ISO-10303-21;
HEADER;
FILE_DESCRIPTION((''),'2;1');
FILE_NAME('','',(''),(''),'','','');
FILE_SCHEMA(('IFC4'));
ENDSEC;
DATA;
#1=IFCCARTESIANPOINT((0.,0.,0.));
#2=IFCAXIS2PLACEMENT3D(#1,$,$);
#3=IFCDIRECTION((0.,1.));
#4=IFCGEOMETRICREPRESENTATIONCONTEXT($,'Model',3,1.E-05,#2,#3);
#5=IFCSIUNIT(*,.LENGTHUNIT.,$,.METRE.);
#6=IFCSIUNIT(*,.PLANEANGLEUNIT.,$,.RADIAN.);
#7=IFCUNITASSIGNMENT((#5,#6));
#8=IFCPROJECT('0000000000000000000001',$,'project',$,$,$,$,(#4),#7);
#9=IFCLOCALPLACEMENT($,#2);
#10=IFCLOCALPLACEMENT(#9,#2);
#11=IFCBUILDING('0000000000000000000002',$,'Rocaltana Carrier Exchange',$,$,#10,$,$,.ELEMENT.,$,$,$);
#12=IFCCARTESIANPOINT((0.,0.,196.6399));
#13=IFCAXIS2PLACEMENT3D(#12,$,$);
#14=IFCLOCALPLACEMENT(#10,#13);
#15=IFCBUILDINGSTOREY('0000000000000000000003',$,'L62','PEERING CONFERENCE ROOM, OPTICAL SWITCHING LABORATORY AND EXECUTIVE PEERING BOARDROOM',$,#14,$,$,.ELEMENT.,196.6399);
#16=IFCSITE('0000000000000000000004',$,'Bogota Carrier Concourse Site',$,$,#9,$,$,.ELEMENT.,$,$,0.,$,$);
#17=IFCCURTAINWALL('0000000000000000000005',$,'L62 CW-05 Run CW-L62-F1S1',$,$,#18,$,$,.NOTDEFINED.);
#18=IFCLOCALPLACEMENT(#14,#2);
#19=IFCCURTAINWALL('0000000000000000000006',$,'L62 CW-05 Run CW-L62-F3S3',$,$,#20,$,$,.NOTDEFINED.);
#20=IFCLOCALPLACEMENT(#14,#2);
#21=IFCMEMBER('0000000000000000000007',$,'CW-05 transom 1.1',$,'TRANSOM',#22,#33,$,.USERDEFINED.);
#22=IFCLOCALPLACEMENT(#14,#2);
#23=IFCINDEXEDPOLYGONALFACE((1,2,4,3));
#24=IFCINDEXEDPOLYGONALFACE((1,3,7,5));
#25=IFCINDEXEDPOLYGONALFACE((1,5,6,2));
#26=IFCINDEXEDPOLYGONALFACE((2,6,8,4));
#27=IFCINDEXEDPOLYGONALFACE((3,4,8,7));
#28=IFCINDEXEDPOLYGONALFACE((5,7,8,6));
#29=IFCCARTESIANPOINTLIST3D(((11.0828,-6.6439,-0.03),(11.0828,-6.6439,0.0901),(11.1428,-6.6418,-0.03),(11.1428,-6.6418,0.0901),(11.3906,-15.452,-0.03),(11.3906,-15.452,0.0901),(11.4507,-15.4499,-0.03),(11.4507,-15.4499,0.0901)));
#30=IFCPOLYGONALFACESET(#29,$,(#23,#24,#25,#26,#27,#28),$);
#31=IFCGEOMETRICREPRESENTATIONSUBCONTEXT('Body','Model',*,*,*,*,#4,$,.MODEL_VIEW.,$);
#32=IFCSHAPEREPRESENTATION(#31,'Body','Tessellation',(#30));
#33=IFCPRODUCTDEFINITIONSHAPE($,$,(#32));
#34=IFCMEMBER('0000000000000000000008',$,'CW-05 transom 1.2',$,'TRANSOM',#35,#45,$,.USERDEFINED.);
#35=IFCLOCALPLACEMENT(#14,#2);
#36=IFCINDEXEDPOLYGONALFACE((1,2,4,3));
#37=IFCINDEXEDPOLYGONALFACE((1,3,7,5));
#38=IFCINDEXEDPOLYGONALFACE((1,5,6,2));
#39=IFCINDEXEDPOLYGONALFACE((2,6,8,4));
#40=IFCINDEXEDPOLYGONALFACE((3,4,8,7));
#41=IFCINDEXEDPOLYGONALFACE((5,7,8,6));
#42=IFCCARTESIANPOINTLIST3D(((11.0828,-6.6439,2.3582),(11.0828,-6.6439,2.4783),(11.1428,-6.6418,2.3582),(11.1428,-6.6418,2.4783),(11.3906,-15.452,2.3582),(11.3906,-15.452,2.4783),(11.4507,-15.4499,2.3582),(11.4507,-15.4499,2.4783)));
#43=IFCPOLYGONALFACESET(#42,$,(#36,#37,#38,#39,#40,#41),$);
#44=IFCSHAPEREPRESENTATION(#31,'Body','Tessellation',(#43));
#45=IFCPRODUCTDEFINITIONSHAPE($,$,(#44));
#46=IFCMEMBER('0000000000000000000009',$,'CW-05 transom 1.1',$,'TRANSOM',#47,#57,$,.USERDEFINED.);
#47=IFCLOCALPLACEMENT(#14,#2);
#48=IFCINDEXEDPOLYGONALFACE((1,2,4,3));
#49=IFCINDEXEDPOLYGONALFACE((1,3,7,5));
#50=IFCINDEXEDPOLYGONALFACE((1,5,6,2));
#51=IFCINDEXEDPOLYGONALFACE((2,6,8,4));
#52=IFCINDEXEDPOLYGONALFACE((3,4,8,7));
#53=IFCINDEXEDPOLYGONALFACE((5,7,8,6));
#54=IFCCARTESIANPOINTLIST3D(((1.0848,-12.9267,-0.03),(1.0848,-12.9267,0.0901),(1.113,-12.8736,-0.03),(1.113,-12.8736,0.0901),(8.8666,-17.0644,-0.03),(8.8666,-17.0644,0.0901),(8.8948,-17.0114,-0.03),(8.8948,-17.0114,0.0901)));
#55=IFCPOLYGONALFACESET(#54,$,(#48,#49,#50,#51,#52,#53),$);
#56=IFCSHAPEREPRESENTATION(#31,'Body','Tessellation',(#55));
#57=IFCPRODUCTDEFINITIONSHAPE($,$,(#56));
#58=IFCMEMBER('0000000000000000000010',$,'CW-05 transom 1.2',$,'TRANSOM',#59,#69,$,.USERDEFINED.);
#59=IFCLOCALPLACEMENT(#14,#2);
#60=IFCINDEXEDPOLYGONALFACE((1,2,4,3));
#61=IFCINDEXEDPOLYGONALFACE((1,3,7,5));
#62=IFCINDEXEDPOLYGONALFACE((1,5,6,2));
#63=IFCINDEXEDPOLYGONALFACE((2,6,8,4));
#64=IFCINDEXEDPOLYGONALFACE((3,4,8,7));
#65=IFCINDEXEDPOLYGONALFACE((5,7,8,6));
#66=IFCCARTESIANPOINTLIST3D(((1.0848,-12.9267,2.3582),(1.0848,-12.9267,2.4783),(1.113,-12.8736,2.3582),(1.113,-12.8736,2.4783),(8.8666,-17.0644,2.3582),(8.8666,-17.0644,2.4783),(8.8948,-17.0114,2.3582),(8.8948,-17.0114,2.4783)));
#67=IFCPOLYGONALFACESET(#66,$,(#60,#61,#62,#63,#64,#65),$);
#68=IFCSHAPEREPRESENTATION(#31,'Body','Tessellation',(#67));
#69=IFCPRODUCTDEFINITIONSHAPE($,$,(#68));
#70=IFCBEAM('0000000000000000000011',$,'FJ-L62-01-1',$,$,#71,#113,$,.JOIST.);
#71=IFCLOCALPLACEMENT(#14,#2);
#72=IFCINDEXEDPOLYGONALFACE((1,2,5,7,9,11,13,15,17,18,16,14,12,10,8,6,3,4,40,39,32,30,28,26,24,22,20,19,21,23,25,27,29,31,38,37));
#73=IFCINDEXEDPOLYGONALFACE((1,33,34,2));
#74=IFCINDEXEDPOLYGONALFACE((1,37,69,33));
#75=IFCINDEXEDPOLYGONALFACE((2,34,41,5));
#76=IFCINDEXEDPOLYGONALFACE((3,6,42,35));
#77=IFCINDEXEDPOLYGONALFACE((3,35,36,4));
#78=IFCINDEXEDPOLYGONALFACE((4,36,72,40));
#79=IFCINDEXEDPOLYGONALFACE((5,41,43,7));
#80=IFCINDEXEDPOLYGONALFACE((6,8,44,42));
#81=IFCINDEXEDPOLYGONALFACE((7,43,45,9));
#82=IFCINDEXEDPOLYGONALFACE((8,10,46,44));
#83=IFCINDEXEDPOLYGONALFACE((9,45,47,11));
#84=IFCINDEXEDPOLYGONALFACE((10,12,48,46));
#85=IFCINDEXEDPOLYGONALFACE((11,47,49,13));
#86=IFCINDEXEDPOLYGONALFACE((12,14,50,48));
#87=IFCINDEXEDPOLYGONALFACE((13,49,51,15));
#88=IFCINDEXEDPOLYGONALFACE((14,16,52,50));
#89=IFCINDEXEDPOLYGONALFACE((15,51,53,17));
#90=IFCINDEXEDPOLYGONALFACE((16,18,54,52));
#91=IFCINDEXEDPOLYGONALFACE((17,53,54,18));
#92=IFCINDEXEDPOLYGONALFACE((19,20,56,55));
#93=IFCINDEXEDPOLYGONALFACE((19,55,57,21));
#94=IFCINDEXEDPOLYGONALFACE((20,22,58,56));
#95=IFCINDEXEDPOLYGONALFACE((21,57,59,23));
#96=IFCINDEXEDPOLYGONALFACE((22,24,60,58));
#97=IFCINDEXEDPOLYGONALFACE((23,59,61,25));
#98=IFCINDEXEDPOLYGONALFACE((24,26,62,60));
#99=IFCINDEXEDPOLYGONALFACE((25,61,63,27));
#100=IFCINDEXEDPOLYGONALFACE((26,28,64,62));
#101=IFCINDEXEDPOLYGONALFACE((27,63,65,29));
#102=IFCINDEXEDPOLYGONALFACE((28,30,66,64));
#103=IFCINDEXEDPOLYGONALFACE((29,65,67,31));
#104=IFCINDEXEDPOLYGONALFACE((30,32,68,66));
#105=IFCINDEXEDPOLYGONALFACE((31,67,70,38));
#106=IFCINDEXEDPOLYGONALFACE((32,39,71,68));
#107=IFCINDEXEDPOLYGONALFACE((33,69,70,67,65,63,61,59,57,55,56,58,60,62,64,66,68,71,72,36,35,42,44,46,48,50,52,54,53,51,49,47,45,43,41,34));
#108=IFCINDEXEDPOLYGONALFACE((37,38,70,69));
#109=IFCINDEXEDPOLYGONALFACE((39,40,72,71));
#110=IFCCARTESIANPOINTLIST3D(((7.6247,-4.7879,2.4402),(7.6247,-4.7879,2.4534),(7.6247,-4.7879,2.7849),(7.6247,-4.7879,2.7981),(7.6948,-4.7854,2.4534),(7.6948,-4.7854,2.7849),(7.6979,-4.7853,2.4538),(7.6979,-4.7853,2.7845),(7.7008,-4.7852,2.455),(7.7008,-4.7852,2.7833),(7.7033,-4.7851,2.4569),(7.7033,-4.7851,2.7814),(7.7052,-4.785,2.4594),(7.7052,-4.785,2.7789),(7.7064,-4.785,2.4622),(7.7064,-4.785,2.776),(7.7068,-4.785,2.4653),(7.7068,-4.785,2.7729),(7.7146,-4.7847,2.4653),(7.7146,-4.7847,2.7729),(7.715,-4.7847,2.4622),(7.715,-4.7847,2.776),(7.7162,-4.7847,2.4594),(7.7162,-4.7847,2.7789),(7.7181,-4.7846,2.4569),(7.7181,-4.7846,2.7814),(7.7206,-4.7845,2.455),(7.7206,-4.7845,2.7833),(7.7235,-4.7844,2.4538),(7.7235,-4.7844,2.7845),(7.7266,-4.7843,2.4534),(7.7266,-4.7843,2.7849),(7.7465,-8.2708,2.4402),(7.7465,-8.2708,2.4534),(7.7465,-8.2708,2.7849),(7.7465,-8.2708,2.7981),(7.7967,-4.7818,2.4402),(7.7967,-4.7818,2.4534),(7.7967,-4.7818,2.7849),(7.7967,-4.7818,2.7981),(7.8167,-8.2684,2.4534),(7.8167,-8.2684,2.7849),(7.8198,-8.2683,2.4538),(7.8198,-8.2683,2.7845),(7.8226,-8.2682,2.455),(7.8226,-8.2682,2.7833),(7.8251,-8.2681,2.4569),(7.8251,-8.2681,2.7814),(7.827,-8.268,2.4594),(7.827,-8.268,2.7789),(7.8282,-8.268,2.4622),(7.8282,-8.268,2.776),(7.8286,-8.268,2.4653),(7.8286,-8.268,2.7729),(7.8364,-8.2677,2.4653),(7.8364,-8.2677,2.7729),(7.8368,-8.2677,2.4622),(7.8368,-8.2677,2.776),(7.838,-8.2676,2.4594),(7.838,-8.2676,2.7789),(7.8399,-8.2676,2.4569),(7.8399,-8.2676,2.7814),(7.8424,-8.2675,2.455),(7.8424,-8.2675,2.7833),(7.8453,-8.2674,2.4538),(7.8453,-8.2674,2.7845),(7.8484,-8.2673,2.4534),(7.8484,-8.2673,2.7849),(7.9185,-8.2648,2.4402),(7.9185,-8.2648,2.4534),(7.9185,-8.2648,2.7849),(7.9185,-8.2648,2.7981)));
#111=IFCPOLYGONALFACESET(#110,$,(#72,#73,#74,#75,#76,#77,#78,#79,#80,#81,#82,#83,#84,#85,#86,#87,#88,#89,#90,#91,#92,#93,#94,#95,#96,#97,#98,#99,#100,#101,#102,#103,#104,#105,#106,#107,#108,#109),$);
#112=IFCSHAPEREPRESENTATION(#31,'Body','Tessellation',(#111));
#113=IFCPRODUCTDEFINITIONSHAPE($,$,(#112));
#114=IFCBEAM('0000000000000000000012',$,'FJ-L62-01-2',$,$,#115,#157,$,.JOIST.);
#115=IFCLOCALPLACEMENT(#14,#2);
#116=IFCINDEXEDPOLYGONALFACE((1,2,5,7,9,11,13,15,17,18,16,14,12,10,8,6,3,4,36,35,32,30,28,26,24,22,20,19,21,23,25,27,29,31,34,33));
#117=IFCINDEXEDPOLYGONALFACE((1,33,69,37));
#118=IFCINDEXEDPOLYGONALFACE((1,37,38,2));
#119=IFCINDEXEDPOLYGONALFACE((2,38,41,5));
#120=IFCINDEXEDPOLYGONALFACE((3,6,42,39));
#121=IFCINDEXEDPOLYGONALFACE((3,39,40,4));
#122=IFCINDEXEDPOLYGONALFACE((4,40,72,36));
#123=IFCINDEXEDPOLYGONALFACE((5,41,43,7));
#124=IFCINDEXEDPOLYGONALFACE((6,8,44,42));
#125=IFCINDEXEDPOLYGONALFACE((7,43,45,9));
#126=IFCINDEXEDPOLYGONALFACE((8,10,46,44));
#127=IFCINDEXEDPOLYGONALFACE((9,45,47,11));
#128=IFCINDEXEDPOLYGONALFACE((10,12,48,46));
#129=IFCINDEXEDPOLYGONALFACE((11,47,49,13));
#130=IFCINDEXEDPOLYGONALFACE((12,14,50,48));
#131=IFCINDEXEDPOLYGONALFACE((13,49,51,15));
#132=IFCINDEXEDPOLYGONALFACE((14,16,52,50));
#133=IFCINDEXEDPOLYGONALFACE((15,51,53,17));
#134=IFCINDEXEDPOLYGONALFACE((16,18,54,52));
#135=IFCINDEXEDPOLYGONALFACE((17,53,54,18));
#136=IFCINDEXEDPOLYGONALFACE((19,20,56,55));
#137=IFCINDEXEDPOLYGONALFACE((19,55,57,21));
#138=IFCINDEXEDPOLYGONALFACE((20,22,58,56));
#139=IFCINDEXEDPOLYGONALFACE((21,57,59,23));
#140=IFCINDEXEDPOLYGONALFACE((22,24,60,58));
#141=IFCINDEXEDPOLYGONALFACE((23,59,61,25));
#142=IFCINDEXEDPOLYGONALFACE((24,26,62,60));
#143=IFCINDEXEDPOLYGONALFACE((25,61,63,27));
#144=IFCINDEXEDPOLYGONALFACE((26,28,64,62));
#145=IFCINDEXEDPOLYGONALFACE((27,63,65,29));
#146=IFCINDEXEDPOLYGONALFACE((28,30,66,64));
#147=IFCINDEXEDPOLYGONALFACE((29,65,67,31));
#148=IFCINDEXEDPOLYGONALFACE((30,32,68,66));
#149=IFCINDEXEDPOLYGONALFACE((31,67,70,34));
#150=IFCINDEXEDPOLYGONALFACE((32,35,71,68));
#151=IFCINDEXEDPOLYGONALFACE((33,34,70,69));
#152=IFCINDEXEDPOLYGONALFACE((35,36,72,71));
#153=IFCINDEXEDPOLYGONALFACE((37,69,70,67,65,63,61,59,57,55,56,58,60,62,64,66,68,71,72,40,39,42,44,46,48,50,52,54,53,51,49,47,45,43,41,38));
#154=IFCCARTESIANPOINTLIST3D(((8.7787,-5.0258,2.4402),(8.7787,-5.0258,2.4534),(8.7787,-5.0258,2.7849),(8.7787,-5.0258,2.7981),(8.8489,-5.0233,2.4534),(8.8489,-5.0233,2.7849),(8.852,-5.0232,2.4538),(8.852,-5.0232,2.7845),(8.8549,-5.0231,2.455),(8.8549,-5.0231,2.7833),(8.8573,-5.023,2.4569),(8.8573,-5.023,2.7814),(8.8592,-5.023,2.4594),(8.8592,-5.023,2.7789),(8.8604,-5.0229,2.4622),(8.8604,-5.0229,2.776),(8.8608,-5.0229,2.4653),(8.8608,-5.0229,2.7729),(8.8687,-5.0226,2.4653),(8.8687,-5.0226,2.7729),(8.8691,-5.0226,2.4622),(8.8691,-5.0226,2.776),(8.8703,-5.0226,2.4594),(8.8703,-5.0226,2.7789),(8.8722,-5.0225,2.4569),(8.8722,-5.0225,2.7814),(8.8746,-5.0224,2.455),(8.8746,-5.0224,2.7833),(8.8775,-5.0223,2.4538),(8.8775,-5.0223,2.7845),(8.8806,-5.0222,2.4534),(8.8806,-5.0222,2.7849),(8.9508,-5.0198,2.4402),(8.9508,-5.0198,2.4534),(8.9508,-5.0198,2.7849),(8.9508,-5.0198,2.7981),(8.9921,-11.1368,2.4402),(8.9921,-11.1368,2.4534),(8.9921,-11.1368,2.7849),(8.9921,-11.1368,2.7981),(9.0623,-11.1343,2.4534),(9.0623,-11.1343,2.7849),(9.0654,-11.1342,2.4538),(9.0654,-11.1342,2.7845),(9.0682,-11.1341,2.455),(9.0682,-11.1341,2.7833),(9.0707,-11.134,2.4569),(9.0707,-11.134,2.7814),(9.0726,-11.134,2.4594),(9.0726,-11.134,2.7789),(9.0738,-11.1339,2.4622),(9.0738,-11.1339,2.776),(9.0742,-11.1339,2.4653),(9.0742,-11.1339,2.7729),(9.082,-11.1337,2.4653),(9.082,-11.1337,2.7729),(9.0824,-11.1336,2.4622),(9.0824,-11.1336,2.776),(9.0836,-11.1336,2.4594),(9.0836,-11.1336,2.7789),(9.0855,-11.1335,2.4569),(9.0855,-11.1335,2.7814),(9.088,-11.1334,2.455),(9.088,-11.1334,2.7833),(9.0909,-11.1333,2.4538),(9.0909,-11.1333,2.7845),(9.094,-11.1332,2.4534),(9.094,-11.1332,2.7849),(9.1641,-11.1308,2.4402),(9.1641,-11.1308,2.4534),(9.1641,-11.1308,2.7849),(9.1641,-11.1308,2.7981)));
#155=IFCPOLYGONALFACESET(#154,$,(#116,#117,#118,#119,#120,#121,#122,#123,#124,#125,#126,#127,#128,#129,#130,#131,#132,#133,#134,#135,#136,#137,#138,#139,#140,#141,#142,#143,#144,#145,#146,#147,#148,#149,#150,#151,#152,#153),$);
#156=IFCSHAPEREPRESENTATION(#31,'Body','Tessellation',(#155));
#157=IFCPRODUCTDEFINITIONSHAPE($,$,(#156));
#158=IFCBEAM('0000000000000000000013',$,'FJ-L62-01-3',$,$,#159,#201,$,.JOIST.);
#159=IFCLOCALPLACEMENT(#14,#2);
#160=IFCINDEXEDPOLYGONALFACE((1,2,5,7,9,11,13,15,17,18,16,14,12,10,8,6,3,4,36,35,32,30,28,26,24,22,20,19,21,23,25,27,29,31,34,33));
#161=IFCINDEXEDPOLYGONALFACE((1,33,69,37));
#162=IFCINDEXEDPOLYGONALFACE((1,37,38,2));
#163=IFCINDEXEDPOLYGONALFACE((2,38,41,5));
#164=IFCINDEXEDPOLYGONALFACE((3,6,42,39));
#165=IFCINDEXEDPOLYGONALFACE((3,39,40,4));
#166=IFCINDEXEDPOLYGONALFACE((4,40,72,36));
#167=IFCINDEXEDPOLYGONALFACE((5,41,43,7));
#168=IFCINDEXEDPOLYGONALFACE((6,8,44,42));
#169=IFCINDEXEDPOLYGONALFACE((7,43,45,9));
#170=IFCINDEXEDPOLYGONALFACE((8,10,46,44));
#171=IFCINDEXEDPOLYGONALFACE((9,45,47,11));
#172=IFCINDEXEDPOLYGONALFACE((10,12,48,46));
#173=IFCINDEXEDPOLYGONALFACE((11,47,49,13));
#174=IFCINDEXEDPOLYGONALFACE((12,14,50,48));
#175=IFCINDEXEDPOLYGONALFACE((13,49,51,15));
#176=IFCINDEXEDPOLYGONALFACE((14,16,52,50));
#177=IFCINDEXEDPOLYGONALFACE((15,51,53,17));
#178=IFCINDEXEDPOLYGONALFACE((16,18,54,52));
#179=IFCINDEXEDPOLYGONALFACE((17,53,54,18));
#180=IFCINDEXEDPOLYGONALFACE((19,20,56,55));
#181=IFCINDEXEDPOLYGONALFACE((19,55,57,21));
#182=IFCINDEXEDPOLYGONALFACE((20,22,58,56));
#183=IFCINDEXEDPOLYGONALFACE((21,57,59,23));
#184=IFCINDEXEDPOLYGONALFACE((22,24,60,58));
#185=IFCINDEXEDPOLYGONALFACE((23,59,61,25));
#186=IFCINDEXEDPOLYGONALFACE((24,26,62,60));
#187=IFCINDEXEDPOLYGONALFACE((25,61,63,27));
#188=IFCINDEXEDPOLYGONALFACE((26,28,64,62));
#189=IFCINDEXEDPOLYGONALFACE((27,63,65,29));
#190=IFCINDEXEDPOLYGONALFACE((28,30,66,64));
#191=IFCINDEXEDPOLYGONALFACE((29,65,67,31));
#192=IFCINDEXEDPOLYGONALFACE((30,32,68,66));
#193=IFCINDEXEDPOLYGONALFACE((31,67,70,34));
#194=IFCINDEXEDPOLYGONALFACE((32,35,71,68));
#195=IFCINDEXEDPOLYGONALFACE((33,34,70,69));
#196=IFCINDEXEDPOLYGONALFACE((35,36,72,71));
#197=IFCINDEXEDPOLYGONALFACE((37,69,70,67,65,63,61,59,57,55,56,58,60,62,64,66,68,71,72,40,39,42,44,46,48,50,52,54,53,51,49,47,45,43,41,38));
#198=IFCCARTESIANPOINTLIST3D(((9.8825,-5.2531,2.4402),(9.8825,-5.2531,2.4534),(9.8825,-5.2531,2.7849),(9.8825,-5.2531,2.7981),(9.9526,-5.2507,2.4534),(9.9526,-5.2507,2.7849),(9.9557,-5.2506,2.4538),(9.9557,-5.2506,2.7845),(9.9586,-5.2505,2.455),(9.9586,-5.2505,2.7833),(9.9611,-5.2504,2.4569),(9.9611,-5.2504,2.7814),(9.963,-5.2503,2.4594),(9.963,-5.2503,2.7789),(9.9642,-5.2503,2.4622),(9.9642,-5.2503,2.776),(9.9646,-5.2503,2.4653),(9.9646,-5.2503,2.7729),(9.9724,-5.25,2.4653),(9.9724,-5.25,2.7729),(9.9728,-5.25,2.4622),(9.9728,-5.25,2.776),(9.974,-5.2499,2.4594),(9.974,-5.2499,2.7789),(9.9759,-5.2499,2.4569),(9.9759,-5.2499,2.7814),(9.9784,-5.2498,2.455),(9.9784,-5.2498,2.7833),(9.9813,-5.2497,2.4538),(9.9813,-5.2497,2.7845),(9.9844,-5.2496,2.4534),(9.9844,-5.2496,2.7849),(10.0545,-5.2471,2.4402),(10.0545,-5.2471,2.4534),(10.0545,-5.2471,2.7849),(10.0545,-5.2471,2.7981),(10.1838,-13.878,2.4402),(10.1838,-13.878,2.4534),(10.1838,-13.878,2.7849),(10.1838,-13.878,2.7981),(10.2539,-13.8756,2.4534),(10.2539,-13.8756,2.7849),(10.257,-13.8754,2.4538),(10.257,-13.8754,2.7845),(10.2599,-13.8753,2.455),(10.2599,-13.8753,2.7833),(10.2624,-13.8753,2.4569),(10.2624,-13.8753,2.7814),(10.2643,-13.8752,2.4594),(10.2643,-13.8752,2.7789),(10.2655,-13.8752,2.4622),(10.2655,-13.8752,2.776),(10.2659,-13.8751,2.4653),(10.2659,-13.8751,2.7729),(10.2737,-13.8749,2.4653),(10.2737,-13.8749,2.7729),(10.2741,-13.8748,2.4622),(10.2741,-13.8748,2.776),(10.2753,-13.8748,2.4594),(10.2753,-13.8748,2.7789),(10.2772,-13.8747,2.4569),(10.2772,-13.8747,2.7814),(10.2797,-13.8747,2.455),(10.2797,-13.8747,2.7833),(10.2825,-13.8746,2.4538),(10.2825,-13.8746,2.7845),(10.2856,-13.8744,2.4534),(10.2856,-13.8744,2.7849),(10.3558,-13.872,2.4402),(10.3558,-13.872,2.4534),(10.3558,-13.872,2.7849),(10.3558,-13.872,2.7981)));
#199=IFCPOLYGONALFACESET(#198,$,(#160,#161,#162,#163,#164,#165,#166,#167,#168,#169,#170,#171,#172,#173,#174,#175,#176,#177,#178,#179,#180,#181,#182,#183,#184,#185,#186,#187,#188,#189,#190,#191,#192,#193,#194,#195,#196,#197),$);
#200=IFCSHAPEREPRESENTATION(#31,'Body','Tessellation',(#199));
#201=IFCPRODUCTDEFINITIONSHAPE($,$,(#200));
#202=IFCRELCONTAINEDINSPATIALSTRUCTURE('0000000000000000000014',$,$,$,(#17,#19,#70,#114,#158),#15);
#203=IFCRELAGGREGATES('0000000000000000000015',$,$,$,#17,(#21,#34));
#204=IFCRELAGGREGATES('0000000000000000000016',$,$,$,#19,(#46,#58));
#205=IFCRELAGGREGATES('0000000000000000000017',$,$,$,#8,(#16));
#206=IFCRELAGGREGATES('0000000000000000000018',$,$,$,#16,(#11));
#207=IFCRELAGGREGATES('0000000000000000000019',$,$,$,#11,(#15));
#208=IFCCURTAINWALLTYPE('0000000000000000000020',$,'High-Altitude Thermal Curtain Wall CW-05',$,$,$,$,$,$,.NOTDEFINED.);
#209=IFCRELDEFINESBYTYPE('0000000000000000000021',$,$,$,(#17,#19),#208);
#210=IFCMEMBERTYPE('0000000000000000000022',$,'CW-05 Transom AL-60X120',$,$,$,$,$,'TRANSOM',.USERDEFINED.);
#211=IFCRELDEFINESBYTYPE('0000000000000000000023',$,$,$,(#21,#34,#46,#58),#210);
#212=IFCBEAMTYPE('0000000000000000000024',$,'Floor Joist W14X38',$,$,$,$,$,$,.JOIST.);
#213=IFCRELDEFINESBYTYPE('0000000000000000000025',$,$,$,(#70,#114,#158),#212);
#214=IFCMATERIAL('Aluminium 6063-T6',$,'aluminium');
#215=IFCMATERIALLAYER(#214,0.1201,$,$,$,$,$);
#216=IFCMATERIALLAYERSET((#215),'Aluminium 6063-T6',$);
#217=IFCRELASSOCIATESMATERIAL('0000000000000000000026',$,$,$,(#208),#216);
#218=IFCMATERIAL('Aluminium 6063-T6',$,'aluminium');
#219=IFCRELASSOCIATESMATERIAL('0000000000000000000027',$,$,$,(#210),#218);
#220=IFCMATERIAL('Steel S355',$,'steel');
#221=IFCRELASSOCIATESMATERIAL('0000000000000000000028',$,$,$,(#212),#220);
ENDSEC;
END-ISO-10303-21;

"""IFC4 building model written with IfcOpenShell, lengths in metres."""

from ifc_helpers import new_model, si_unit, direction, frame, origin, origin_2d, place, context, subcontext, project, spatial, rectangle, i_section, extrude, material, layer, layer_set, material_profile, profile_set, type_object, element, aggregate, save


model = new_model("IFC4")

# Units and contexts
model_context = context("Model", 3, precision=1e-05, world=origin(), true_north=direction((0.0, 1.0)))
body_context = subcontext(model_context, "Body", "Model", "MODEL_VIEW")
ifc_project = project(units=[si_unit("LENGTHUNIT", "METRE"), si_unit("PLANEANGLEUNIT", "RADIAN")], contexts=[model_context])

# Site, building, storey
site_placement = place(None, origin())
site = spatial("IfcSite", under=ifc_project, at=site_placement, Name="Bogota Carrier Concourse Site", CompositionType="ELEMENT", RefElevation=0.0)
building_placement = place(site_placement, origin())
building = spatial("IfcBuilding", under=site, at=building_placement, Name="Rocaltana Carrier Exchange", CompositionType="ELEMENT")
storey_placement = place(building_placement, frame((0.0, 0.0, 196.6399)))
storey = spatial("IfcBuildingStorey", under=building, at=storey_placement, Name="L62", Description="PEERING CONFERENCE ROOM, OPTICAL SWITCHING LABORATORY AND EXECUTIVE PEERING BOARDROOM", CompositionType="ELEMENT", Elevation=196.6399)

# Curtain walls
ifc_material_1 = material(Name="Aluminium 6063-T6", Category="aluminium")
ifc_layer_1 = layer(ifc_material_1, 0.1201)
ifc_layer_set_1 = layer_set([ifc_layer_1], Name="Aluminium 6063-T6")
curtain_wall_type = type_object("IfcCurtainWallType", Name="High-Altitude Thermal Curtain Wall CW-05", PredefinedType="NOTDEFINED", material=ifc_layer_set_1)
curtain_wall_1_placement = place(storey_placement, origin())
curtain_wall_1 = element("IfcCurtainWall", 1, at=curtain_wall_1_placement, inside=storey, type_object=curtain_wall_type, Name="L62 CW-05 Run CW-L62-F1S1", PredefinedType="NOTDEFINED")
curtain_wall_2_placement = place(storey_placement, origin())
curtain_wall_2 = element("IfcCurtainWall", 2, at=curtain_wall_2_placement, inside=storey, type_object=curtain_wall_type, Name="L62 CW-05 Run CW-L62-F3S3", PredefinedType="NOTDEFINED")

# Members
ifc_material_2 = material(Name="Aluminium 6063-T6", Category="aluminium")
ifc_material_profile_1 = material_profile(ifc_material_2, rectangle(XDim=0.0601, YDim=0.1201, at=origin_2d()), Name="AL-60X120")
ifc_profile_set_1 = profile_set([ifc_material_profile_1], Name="Aluminium 6063-T6")
member_type_1 = type_object("IfcMemberType", Name="CW-05 Transom AL-60X120", ElementType="TRANSOM", PredefinedType="USERDEFINED", material=ifc_profile_set_1)
member_1_placement = place(storey_placement, frame((11.4207, -15.4509, 0.03), z_axis=(-0.034931, 0.99939, 0.0), x_axis=(-0.99939, -0.034931, 0.0)))
member_1 = element("IfcMember", 3, at=member_1_placement, type_object=member_type_1, Name="CW-05 transom 1.1", ObjectType="TRANSOM", PredefinedType="USERDEFINED", context=body_context, shape_type="SweptSolid", body=[
    extrude(rectangle(XDim=0.0601, YDim=0.1201, at=origin_2d()), origin(), (0.0, 0.0, 1.0), 8.8135),
])
member_2_placement = place(storey_placement, frame((11.4207, -15.4509, 2.4182), z_axis=(-0.034931, 0.99939, 0.0), x_axis=(-0.99939, -0.034931, 0.0)))
member_2 = element("IfcMember", 4, at=member_2_placement, type_object=member_type_1, Name="CW-05 transom 1.2", ObjectType="TRANSOM", PredefinedType="USERDEFINED", context=body_context, shape_type="SweptSolid", body=[
    extrude(rectangle(XDim=0.0601, YDim=0.1201, at=origin_2d()), origin(), (0.0, 0.0, 1.0), 8.8135),
])
member_3_placement = place(storey_placement, frame((1.0989, -12.9001, 0.03), z_axis=(0.882944, -0.469478, 0.0), x_axis=(0.469478, 0.882944, 0.0)))
member_3 = element("IfcMember", 5, at=member_3_placement, type_object=member_type_1, Name="CW-05 transom 1.1", ObjectType="TRANSOM", PredefinedType="USERDEFINED", context=body_context, shape_type="SweptSolid", body=[
    extrude(rectangle(XDim=0.0601, YDim=0.1201, at=origin_2d()), origin(), (0.0, 0.0, 1.0), 8.8135),
])
member_4_placement = place(storey_placement, frame((1.0989, -12.9001, 2.4182), z_axis=(0.882944, -0.469478, 0.0), x_axis=(0.469478, 0.882944, 0.0)))
member_4 = element("IfcMember", 6, at=member_4_placement, type_object=member_type_1, Name="CW-05 transom 1.2", ObjectType="TRANSOM", PredefinedType="USERDEFINED", context=body_context, shape_type="SweptSolid", body=[
    extrude(rectangle(XDim=0.0601, YDim=0.1201, at=origin_2d()), origin(), (0.0, 0.0, 1.0), 8.8135),
])

# Beams
ifc_material_3 = material(Name="Steel S355", Category="steel")
ifc_material_profile_2 = material_profile(ifc_material_3, i_section(OverallWidth=0.1721, OverallDepth=0.3579, WebThickness=0.0078, FlangeThickness=0.0132, FilletRadius=0.012, at=origin_2d()), Name="W14X38")
ifc_profile_set_2 = profile_set([ifc_material_profile_2], Name="Steel S355")
beam_type_1 = type_object("IfcBeamType", Name="Floor Joist W14X38", PredefinedType="JOIST", material=ifc_profile_set_2)
beam_1_placement = place(storey_placement, frame((7.8325, -8.2678, 2.6191), z_axis=(-0.034957, 0.999389, 0.0), x_axis=(-0.999389, -0.034957, 0.0)))
element("IfcBeam", 7, at=beam_1_placement, inside=storey, type_object=beam_type_1, Name="FJ-L62-01-1", PredefinedType="JOIST", context=body_context, shape_type="SweptSolid", body=[
    extrude(i_section(OverallWidth=0.1721, OverallDepth=0.3579, WebThickness=0.0078, FlangeThickness=0.0132, FilletRadius=0.012, at=origin_2d()), origin(), (0.0, 0.0, 1.0), 3.4851),
])
beam_2_placement = place(storey_placement, frame((9.0781, -11.1338, 2.6191), z_axis=(-0.034895, 0.999391, 0.0), x_axis=(-0.999391, -0.034895, 0.0)))
element("IfcBeam", 8, at=beam_2_placement, inside=storey, type_object=beam_type_1, Name="FJ-L62-01-2", PredefinedType="JOIST", context=body_context, shape_type="SweptSolid", body=[
    extrude(i_section(OverallWidth=0.1721, OverallDepth=0.3579, WebThickness=0.0078, FlangeThickness=0.0132, FilletRadius=0.012, at=origin_2d()), origin(), (0.0, 0.0, 1.0), 6.1147),
])
beam_3_placement = place(storey_placement, frame((10.2698, -13.875, 2.6191), z_axis=(-0.034909, 0.99939, 0.0), x_axis=(-0.99939, -0.034909, 0.0)))
element("IfcBeam", 9, at=beam_3_placement, inside=storey, type_object=beam_type_1, Name="FJ-L62-01-3", PredefinedType="JOIST", context=body_context, shape_type="SweptSolid", body=[
    extrude(i_section(OverallWidth=0.1721, OverallDepth=0.3579, WebThickness=0.0078, FlangeThickness=0.0132, FilletRadius=0.012, at=origin_2d()), origin(), (0.0, 0.0, 1.0), 8.6301),
])

aggregate(curtain_wall_1, [member_1, member_2])
aggregate(curtain_wall_2, [member_3, member_4])

save(model, "model.ifc")
